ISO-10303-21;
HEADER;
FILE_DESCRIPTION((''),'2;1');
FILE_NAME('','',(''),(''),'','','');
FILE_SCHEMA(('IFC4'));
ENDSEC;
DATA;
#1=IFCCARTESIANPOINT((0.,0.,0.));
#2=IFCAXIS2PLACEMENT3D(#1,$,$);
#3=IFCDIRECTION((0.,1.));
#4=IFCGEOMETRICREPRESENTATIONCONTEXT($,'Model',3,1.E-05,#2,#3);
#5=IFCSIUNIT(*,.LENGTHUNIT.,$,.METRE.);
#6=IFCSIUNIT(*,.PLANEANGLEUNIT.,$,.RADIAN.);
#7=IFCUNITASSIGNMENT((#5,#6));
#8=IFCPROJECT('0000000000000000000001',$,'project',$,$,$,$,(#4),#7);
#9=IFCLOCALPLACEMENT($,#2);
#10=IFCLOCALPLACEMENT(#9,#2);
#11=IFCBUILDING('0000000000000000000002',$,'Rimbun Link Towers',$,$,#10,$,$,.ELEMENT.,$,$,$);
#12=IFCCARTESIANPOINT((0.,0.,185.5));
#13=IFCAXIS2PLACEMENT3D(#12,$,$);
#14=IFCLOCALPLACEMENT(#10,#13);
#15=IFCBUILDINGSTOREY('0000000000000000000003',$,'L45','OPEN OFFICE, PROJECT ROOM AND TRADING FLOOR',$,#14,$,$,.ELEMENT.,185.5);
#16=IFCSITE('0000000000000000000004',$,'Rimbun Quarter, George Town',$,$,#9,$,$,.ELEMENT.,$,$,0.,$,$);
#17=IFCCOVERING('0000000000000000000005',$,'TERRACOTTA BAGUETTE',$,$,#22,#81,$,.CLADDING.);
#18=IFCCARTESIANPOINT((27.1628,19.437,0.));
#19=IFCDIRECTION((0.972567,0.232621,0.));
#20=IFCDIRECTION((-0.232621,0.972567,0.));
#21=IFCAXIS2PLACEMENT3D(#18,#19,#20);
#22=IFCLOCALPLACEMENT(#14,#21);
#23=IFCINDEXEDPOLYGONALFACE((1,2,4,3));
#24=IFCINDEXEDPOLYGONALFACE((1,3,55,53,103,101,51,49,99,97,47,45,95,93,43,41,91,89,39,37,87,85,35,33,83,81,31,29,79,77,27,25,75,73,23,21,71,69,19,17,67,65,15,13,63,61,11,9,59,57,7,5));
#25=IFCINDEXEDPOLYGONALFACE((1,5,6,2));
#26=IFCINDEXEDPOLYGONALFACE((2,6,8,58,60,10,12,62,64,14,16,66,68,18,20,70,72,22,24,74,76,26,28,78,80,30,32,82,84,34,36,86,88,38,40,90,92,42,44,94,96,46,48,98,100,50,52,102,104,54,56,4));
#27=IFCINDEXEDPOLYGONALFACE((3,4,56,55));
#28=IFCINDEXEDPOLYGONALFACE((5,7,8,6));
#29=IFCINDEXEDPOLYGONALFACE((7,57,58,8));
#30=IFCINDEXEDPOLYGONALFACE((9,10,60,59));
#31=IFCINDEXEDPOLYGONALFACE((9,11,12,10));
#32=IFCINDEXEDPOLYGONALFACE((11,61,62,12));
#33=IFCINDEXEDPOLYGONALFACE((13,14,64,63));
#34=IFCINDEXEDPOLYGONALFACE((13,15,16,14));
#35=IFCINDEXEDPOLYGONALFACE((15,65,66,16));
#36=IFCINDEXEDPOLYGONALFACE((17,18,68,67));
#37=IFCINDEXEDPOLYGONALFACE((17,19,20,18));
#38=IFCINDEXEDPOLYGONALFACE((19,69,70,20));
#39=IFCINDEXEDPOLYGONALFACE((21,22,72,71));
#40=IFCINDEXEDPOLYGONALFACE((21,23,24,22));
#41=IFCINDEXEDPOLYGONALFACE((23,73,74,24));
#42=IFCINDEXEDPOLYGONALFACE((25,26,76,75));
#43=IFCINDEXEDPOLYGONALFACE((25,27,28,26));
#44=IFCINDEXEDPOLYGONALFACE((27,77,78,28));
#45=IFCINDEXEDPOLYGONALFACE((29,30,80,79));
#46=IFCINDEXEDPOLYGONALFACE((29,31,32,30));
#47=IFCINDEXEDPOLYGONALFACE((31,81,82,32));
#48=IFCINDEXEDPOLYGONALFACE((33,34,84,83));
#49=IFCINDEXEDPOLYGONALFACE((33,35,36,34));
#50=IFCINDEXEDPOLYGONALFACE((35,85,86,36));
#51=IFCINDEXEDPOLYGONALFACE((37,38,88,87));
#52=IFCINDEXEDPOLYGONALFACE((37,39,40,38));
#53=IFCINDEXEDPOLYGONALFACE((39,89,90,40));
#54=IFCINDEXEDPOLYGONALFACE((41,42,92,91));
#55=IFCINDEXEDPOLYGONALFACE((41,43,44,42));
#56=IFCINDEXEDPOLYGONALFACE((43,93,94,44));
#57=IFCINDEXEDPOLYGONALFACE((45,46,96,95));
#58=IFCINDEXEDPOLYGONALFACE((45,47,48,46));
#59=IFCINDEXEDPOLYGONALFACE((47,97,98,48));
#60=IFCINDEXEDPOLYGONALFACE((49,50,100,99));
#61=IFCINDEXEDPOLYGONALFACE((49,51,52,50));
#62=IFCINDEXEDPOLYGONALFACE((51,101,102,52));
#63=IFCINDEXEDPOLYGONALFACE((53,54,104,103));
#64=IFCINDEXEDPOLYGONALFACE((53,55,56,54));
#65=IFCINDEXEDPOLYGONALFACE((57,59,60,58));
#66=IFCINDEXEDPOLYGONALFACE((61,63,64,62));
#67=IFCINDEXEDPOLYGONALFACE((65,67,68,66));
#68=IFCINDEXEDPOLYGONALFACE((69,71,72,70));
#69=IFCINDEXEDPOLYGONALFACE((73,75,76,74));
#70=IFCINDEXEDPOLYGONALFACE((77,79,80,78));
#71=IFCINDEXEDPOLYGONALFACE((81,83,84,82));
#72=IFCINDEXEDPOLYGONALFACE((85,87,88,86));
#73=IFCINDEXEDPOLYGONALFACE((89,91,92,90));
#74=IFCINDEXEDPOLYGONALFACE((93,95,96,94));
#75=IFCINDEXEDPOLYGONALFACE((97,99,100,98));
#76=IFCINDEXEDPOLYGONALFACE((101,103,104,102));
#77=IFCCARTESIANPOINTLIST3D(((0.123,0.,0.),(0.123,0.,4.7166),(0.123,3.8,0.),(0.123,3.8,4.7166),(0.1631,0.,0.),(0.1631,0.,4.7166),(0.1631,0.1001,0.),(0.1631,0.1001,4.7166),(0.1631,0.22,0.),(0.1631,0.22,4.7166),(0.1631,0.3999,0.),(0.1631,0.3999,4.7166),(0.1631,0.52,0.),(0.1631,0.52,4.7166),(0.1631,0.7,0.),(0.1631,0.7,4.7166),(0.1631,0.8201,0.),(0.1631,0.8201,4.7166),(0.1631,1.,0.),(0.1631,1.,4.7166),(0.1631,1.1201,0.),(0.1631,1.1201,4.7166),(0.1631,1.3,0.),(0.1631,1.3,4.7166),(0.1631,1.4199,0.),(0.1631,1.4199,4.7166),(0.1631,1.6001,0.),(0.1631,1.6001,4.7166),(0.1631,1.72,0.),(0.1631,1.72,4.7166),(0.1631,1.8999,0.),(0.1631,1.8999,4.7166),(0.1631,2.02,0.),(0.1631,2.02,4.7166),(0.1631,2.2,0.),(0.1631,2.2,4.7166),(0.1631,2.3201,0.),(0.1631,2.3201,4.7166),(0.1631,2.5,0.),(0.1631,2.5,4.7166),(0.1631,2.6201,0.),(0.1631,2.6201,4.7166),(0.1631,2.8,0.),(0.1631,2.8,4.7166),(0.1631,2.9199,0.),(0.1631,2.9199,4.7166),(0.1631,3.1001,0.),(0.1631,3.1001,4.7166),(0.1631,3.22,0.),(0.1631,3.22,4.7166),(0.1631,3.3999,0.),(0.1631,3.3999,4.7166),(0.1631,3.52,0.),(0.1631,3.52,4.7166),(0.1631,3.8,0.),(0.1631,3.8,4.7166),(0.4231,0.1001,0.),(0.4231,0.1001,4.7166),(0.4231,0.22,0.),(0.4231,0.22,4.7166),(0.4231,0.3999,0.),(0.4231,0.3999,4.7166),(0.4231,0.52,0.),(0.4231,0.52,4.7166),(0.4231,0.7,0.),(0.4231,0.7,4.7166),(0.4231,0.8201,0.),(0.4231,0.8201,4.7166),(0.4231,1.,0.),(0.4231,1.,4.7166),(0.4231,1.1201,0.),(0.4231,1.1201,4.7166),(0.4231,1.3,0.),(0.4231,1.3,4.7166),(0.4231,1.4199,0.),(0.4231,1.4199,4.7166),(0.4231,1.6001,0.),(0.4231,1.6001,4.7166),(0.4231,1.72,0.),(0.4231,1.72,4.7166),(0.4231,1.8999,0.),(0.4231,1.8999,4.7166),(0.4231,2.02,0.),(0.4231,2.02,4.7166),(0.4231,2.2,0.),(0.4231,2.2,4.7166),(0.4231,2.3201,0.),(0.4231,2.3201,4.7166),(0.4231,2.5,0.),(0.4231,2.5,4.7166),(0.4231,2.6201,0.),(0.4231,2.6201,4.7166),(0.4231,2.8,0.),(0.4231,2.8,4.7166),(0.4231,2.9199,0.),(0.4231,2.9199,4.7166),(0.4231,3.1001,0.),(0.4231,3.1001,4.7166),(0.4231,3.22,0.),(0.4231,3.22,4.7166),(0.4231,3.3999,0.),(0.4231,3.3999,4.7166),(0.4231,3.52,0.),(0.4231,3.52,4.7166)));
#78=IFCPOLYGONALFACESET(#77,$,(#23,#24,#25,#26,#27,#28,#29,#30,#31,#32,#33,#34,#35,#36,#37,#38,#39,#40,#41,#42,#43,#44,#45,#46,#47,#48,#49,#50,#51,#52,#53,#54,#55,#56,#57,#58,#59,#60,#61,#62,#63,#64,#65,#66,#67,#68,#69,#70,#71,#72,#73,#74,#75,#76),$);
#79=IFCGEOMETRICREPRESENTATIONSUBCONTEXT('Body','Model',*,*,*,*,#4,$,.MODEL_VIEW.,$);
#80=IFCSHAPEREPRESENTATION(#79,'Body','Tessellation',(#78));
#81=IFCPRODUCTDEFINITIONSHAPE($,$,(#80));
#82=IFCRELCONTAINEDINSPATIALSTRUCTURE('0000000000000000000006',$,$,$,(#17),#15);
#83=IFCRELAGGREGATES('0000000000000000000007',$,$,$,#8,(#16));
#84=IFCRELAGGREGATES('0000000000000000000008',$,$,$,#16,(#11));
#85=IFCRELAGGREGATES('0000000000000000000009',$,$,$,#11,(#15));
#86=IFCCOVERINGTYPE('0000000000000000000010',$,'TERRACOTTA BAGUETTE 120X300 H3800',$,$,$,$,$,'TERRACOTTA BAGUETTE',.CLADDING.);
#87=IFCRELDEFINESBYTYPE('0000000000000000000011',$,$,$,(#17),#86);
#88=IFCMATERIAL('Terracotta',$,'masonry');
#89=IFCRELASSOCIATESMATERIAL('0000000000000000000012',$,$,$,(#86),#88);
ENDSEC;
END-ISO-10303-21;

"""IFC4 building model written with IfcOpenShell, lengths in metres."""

from ifc_helpers import new_model, si_unit, direction, frame, origin, place, context, subcontext, project, spatial, polyline, outline, extrude, material, material_profile, profile_set, type_object, element, save


model = new_model("IFC4")

# Units and contexts
model_context = context("Model", 3, precision=1e-05, world=origin(), true_north=direction((0.0, 1.0)))
body_context = subcontext(model_context, "Body", "Model", "MODEL_VIEW")
ifc_project = project(units=[si_unit("LENGTHUNIT", "METRE"), si_unit("PLANEANGLEUNIT", "RADIAN")], contexts=[model_context])

# Site, building, storey
site_placement = place(None, origin())
site = spatial("IfcSite", under=ifc_project, at=site_placement, Name="Rimbun Quarter, George Town", CompositionType="ELEMENT", RefElevation=0.0)
building_placement = place(site_placement, origin())
building = spatial("IfcBuilding", under=site, at=building_placement, Name="Rimbun Link Towers", CompositionType="ELEMENT")
storey_placement = place(building_placement, frame((0.0, 0.0, 185.5)))
storey = spatial("IfcBuildingStorey", under=building, at=storey_placement, Name="L45", Description="OPEN OFFICE, PROJECT ROOM AND TRADING FLOOR", CompositionType="ELEMENT", Elevation=185.5)

# Covering
ifc_material_1 = material(Name="Terracotta", Category="masonry")
ifc_material_profile_1 = material_profile(ifc_material_1, outline(polyline([(0.123, 0.0), (0.1631, 0.0), (0.1631, 0.1001), (0.4231, 0.1001), (0.4231, 0.22), (0.1631, 0.22), (0.1631, 0.3999), (0.4231, 0.3999), (0.4231, 0.52), (0.1631, 0.52), (0.1631, 0.7), (0.4231, 0.7), (0.4231, 0.8201), (0.1631, 0.8201), (0.1631, 1.0), (0.4231, 1.0), (0.4231, 1.1201), (0.1631, 1.1201), (0.1631, 1.3), (0.4231, 1.3), (0.4231, 1.4199), (0.1631, 1.4199), (0.1631, 1.6001), (0.4231, 1.6001), (0.4231, 1.72), (0.1631, 1.72), (0.1631, 1.8999), (0.4231, 1.8999), (0.4231, 2.02), (0.1631, 2.02), (0.1631, 2.2), (0.4231, 2.2), (0.4231, 2.3201), (0.1631, 2.3201), (0.1631, 2.5), (0.4231, 2.5), (0.4231, 2.6201), (0.1631, 2.6201), (0.1631, 2.8), (0.4231, 2.8), (0.4231, 2.9199), (0.1631, 2.9199), (0.1631, 3.1001), (0.4231, 3.1001), (0.4231, 3.22), (0.1631, 3.22), (0.1631, 3.3999), (0.4231, 3.3999), (0.4231, 3.52), (0.1631, 3.52), (0.1631, 3.8), (0.123, 3.8), (0.123, 0.0)])), Name="BAGUETTE 120X300")
ifc_profile_set_1 = profile_set([ifc_material_profile_1], Name="Terracotta")
covering_type = type_object("IfcCoveringType", Name="TERRACOTTA BAGUETTE 120X300 H3800", ElementType="TERRACOTTA BAGUETTE", PredefinedType="CLADDING", material=ifc_profile_set_1)
covering_1_placement = place(storey_placement, frame((27.1628, 19.437, 0.0), z_axis=(0.972567, 0.232621, 0.0), x_axis=(-0.232621, 0.972567, 0.0)))
element("IfcCovering", 1, at=covering_1_placement, inside=storey, type_object=covering_type, Name="TERRACOTTA BAGUETTE", PredefinedType="CLADDING", context=body_context, shape_type="SweptSolid", body=[
    extrude(outline(polyline([(0.123, 0.0), (0.1631, 0.0), (0.1631, 0.1001), (0.4231, 0.1001), (0.4231, 0.22), (0.1631, 0.22), (0.1631, 0.3999), (0.4231, 0.3999), (0.4231, 0.52), (0.1631, 0.52), (0.1631, 0.7), (0.4231, 0.7), (0.4231, 0.8201), (0.1631, 0.8201), (0.1631, 1.0), (0.4231, 1.0), (0.4231, 1.1201), (0.1631, 1.1201), (0.1631, 1.3), (0.4231, 1.3), (0.4231, 1.4199), (0.1631, 1.4199), (0.1631, 1.6001), (0.4231, 1.6001), (0.4231, 1.72), (0.1631, 1.72), (0.1631, 1.8999), (0.4231, 1.8999), (0.4231, 2.02), (0.1631, 2.02), (0.1631, 2.2), (0.4231, 2.2), (0.4231, 2.3201), (0.1631, 2.3201), (0.1631, 2.5), (0.4231, 2.5), (0.4231, 2.6201), (0.1631, 2.6201), (0.1631, 2.8), (0.4231, 2.8), (0.4231, 2.9199), (0.1631, 2.9199), (0.1631, 3.1001), (0.4231, 3.1001), (0.4231, 3.22), (0.1631, 3.22), (0.1631, 3.3999), (0.4231, 3.3999), (0.4231, 3.52), (0.1631, 3.52), (0.1631, 3.8), (0.123, 3.8), (0.123, 0.0)])), origin(), (0.0, 0.0, 1.0), 4.7166),
])

save(model, "model.ifc")
